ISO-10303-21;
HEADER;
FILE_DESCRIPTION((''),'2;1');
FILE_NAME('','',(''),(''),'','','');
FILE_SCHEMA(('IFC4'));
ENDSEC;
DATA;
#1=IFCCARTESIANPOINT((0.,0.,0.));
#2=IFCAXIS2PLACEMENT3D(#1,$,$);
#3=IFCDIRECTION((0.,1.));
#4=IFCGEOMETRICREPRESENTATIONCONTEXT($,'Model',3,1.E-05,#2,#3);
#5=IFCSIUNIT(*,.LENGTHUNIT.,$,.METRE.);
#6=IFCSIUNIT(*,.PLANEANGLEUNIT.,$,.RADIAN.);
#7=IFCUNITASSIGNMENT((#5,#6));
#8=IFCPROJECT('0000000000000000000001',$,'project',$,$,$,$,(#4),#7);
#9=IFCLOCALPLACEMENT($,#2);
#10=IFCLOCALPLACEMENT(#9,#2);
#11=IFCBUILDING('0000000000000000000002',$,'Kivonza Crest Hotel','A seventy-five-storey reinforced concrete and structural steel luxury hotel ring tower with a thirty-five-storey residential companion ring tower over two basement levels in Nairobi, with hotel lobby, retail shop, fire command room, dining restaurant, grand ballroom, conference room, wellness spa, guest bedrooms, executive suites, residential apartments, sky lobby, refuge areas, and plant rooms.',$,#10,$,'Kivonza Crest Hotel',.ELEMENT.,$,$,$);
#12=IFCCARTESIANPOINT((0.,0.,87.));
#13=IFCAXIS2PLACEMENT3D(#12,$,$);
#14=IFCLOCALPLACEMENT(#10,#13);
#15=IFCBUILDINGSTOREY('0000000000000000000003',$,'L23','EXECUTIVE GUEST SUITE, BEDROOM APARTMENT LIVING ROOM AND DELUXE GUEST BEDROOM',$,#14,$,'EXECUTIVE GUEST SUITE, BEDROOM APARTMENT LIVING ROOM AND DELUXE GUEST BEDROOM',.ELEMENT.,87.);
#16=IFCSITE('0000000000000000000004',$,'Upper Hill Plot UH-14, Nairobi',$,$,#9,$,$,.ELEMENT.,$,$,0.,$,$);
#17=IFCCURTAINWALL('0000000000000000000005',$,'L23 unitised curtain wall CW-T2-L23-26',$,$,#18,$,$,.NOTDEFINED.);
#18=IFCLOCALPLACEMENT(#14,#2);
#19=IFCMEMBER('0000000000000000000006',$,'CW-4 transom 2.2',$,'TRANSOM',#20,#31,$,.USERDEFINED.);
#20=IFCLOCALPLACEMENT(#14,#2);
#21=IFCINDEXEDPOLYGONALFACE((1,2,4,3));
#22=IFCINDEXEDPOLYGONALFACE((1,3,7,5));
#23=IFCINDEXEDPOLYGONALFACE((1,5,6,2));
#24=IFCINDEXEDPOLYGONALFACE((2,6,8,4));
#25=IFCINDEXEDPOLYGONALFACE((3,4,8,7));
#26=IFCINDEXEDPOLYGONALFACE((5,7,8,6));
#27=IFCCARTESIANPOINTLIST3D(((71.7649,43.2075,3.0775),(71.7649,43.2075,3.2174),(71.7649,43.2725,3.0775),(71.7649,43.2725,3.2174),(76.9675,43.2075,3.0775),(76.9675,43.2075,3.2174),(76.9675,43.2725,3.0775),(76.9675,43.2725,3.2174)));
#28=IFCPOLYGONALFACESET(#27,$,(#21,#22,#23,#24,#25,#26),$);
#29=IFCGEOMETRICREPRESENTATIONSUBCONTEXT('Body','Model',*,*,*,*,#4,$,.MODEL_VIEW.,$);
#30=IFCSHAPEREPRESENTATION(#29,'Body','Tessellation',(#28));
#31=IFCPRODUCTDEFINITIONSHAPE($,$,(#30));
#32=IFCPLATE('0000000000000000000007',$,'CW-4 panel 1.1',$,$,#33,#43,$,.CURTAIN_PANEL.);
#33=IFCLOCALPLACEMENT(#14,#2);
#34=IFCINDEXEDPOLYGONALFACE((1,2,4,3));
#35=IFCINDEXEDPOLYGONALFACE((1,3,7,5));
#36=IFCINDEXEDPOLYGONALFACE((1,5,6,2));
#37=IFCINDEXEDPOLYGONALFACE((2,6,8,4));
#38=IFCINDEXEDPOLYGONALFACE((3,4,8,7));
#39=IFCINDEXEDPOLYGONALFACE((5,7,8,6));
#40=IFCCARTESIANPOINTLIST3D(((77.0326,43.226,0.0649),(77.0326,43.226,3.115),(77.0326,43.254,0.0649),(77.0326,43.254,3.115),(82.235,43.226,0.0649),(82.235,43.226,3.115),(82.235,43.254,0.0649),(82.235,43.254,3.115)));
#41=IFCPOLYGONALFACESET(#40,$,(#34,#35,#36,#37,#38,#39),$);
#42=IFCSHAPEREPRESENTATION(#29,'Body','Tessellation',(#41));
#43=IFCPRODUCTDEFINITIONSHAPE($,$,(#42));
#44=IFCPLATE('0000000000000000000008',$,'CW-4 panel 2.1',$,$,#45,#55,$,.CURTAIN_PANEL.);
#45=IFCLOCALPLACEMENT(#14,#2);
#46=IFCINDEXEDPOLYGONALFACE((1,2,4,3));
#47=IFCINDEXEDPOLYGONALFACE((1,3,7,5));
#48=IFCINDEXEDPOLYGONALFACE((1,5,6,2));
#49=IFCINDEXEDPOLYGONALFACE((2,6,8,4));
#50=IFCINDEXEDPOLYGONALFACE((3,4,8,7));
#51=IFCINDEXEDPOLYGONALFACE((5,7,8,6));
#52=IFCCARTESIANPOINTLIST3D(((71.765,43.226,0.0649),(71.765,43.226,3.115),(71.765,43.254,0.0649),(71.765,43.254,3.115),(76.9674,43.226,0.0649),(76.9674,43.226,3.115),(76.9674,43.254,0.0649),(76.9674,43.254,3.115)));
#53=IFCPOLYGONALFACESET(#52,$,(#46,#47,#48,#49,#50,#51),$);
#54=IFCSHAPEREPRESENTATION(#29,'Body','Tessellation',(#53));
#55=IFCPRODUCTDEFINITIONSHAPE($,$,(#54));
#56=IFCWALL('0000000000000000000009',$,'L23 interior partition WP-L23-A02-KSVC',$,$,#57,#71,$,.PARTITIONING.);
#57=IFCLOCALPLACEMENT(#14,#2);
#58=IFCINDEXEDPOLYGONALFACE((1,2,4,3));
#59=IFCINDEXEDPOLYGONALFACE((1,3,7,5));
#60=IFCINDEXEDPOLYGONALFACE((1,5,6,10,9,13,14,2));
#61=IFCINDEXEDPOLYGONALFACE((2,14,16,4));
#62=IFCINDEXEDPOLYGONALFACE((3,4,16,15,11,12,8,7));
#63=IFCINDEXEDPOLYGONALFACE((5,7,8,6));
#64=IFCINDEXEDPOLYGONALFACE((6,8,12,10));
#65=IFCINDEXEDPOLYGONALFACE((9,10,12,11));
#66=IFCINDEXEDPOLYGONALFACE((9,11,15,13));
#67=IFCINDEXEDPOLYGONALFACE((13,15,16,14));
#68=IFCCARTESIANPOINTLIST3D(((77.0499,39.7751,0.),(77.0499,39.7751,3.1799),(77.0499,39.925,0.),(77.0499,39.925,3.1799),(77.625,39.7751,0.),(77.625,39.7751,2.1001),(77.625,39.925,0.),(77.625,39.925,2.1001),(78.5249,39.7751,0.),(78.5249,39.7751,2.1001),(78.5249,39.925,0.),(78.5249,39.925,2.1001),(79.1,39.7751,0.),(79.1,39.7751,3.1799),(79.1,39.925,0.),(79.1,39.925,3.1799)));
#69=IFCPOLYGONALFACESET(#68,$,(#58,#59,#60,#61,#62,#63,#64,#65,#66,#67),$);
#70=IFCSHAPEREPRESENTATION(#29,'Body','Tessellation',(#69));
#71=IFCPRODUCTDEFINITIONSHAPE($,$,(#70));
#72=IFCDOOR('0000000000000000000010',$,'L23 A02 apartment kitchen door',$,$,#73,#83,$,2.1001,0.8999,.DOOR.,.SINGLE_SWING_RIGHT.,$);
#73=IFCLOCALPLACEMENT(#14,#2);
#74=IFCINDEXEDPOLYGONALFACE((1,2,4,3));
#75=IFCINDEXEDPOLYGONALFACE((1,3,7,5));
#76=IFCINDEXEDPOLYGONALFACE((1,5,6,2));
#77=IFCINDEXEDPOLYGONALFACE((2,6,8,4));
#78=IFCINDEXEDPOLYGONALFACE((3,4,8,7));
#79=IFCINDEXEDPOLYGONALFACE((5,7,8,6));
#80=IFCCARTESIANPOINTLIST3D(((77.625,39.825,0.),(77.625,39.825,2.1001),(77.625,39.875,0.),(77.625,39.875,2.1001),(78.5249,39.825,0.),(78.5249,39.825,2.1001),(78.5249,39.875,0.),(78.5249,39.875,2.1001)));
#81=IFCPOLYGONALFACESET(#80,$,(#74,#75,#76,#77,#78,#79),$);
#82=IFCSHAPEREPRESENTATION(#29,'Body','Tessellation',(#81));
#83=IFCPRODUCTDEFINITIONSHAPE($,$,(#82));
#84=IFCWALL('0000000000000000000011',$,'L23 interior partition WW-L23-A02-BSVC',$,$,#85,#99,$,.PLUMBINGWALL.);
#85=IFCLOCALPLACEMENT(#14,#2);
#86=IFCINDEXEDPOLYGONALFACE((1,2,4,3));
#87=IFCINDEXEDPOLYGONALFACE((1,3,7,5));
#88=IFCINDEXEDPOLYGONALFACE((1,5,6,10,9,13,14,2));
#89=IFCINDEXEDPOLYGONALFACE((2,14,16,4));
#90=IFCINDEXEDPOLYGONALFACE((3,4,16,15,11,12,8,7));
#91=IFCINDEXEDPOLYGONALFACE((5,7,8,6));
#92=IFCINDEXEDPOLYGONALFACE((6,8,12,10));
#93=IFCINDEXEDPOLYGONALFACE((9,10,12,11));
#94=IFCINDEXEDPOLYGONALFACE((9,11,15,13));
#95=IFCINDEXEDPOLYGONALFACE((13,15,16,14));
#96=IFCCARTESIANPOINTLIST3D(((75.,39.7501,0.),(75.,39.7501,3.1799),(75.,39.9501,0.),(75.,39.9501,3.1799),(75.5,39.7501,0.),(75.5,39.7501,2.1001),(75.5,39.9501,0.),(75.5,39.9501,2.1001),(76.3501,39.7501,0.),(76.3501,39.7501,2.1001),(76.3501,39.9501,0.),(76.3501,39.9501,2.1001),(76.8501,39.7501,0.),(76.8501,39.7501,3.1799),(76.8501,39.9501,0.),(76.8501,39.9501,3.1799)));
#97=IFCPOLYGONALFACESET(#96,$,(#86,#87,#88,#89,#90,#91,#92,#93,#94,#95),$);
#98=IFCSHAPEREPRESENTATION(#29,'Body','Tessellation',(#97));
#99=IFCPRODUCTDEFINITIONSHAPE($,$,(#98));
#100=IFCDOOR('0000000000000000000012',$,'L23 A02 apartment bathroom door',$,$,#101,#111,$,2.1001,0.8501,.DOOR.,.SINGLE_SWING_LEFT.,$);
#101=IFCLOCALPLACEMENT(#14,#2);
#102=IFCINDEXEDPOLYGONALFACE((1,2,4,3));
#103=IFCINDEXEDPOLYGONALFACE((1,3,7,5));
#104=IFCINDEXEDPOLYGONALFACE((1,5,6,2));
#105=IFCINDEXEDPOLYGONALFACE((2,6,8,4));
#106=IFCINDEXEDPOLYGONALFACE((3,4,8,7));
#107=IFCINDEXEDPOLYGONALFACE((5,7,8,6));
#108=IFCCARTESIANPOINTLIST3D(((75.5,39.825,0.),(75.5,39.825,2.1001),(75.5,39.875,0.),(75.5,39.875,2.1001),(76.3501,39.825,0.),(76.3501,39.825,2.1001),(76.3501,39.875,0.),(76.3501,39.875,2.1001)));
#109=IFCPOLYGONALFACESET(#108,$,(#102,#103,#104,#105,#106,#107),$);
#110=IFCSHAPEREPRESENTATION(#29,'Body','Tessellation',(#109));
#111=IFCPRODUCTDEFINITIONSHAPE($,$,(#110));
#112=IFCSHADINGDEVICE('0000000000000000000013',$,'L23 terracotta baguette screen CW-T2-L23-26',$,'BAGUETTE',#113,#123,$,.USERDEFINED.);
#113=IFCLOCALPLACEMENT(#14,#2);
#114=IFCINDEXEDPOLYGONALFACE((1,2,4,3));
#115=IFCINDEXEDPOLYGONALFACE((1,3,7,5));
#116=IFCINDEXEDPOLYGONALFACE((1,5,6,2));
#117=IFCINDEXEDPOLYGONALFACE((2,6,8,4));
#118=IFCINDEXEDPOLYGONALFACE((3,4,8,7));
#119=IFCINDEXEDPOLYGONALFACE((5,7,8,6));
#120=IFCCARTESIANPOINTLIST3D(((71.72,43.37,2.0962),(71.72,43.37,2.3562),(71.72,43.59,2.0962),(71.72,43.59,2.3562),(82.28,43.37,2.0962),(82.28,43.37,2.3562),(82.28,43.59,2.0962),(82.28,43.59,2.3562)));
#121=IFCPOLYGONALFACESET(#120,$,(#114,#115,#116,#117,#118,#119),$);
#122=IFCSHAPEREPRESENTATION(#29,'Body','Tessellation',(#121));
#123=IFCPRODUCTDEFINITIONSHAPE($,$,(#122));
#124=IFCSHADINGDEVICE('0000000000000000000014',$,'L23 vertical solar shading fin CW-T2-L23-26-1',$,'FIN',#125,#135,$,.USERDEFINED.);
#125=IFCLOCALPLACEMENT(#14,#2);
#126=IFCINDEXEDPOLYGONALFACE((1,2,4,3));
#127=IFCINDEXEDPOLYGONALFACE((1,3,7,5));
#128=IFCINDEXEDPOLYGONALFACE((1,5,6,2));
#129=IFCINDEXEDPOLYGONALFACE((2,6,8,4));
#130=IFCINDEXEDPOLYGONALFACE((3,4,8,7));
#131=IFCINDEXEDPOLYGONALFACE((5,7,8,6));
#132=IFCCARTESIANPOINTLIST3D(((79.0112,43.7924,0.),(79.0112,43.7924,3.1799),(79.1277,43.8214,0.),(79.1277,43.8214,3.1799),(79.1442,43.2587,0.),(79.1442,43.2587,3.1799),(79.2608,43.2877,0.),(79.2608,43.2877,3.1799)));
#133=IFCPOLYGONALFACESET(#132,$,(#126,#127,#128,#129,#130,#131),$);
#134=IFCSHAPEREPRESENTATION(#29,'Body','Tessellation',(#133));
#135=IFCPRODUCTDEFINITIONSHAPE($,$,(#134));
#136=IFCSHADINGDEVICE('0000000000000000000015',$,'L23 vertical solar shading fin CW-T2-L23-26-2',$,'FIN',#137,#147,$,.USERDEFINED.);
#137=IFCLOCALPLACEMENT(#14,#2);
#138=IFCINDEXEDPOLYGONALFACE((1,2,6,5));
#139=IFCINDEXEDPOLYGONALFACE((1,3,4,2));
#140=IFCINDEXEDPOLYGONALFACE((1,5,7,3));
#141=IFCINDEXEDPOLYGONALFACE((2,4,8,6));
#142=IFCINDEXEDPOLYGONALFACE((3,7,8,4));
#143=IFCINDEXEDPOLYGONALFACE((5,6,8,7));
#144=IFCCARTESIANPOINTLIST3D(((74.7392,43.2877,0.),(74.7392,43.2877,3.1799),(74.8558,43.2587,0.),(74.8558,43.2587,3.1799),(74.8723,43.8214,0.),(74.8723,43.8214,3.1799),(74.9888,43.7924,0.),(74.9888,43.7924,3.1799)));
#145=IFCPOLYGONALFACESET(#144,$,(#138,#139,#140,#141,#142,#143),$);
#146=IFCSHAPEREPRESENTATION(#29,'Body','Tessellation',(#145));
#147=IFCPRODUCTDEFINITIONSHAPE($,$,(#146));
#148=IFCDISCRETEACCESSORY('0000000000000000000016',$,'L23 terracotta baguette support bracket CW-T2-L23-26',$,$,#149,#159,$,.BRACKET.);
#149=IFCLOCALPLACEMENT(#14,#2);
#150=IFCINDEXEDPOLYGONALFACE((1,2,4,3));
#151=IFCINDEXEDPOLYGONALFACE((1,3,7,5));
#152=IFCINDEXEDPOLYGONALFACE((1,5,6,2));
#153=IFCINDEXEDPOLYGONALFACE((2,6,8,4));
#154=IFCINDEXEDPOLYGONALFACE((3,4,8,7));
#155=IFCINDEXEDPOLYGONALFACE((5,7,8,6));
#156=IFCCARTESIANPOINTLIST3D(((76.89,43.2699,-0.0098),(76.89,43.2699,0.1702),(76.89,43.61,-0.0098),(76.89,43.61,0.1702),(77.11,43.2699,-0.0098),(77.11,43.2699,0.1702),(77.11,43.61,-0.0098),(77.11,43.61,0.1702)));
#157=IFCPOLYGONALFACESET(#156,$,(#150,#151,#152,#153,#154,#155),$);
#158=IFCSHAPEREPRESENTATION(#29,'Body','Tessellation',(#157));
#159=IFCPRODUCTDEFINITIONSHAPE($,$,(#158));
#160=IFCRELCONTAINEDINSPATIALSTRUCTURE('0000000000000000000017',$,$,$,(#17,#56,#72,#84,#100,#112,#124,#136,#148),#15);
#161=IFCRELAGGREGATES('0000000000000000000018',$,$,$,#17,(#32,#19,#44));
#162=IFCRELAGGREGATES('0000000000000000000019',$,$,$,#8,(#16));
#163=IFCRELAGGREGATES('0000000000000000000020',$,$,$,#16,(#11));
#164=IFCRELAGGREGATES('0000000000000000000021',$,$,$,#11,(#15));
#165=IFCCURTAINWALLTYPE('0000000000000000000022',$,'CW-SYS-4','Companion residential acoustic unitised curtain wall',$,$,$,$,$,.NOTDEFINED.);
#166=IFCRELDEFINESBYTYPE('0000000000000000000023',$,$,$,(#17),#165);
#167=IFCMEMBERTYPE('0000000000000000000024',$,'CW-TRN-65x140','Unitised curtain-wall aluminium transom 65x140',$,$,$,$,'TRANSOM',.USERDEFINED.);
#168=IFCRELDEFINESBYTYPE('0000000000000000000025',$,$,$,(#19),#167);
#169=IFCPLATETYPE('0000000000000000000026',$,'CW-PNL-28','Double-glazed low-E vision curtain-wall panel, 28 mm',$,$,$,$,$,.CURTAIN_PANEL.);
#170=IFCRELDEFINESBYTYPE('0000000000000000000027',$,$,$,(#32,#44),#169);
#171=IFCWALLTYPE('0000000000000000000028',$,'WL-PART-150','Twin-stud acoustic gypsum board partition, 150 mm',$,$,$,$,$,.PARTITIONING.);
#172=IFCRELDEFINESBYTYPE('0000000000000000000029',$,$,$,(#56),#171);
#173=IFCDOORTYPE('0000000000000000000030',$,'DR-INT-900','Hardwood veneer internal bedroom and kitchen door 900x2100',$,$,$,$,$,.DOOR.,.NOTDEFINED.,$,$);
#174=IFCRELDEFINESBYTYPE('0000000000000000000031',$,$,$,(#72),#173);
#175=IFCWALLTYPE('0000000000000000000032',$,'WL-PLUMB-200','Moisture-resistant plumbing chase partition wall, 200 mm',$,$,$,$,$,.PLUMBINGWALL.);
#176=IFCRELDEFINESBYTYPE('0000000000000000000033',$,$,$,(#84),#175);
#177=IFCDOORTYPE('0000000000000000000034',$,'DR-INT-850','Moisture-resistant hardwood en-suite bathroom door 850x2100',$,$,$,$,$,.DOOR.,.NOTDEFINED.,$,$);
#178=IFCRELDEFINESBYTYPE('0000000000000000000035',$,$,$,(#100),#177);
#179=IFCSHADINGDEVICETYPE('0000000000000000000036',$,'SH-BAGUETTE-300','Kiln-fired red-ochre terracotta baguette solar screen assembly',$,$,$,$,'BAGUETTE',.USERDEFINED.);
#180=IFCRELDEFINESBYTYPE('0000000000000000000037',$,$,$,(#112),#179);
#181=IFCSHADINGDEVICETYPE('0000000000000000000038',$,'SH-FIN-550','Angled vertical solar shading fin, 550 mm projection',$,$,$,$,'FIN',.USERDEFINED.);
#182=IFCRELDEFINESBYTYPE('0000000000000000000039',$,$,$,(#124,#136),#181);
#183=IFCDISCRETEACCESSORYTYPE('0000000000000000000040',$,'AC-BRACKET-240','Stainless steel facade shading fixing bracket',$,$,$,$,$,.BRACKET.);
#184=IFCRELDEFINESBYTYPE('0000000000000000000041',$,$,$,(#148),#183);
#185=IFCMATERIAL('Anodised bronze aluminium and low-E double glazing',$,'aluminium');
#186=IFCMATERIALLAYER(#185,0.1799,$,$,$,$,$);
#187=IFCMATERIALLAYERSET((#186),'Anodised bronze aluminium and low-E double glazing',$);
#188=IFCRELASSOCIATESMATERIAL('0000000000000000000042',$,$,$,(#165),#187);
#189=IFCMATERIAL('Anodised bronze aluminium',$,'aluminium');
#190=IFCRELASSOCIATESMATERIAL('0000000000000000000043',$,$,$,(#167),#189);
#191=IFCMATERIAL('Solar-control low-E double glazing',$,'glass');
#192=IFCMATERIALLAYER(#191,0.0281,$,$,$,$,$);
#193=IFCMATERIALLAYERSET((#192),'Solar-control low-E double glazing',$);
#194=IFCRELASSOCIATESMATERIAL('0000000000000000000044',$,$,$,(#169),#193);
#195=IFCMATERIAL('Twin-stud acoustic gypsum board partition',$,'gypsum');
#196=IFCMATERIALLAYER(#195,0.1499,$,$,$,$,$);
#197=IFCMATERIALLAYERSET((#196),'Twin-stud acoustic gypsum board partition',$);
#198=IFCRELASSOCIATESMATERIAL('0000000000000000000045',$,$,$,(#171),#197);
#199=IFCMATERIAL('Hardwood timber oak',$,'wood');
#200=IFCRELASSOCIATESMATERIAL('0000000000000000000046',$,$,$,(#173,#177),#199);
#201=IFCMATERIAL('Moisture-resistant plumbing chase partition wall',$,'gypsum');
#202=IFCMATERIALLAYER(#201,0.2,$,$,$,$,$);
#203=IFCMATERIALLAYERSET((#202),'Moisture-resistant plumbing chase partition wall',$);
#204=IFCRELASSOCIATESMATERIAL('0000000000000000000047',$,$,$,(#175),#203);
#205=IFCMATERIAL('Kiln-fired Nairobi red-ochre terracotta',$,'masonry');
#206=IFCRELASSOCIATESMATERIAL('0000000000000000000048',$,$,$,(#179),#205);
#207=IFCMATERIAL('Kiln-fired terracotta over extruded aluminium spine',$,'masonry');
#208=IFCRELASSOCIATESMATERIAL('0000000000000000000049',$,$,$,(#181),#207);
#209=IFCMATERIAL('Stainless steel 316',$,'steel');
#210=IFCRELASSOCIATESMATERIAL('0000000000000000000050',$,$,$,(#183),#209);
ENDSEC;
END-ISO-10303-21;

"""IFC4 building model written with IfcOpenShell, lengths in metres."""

from ifc_helpers import new_model, si_unit, direction, frame, frame_2d, origin, origin_2d, place, context, subcontext, project, spatial, rectangle, extrude, material, layer, layer_set, material_profile, profile_set, type_object, element, fill, aggregate, save


model = new_model("IFC4")

# Units and contexts
model_context = context("Model", 3, precision=1e-05, world=origin(), true_north=direction((0.0, 1.0)))
body_context = subcontext(model_context, "Body", "Model", "MODEL_VIEW")
ifc_project = project(units=[si_unit("LENGTHUNIT", "METRE"), si_unit("PLANEANGLEUNIT", "RADIAN")], contexts=[model_context])

# Site, building, storey
site_placement = place(None, origin())
site = spatial("IfcSite", under=ifc_project, at=site_placement, Name="Upper Hill Plot UH-14, Nairobi", CompositionType="ELEMENT", RefElevation=0.0)
building_placement = place(site_placement, origin())
building = spatial("IfcBuilding", under=site, at=building_placement, Name="Kivonza Crest Hotel", Description="A seventy-five-storey reinforced concrete and structural steel luxury hotel ring tower with a thirty-five-storey residential companion ring tower over two basement levels in Nairobi, with hotel lobby, retail shop, fire command room, dining restaurant, grand ballroom, conference room, wellness spa, guest bedrooms, executive suites, residential apartments, sky lobby, refuge areas, and plant rooms.", LongName="Kivonza Crest Hotel", CompositionType="ELEMENT")
storey_placement = place(building_placement, frame((0.0, 0.0, 87.0)))
storey = spatial("IfcBuildingStorey", under=building, at=storey_placement, Name="L23", Description="EXECUTIVE GUEST SUITE, BEDROOM APARTMENT LIVING ROOM AND DELUXE GUEST BEDROOM", LongName="EXECUTIVE GUEST SUITE, BEDROOM APARTMENT LIVING ROOM AND DELUXE GUEST BEDROOM", CompositionType="ELEMENT", Elevation=87.0)

# Curtain wall, member, plates
ifc_material_1 = material(Name="Anodised bronze aluminium and low-E double glazing", Category="aluminium")
ifc_layer_1 = layer(ifc_material_1, 0.1799)
ifc_layer_set_1 = layer_set([ifc_layer_1], Name="Anodised bronze aluminium and low-E double glazing")
curtain_wall_type = type_object("IfcCurtainWallType", Name="CW-SYS-4", Description="Companion residential acoustic unitised curtain wall", PredefinedType="NOTDEFINED", material=ifc_layer_set_1)
curtain_wall_placement = place(storey_placement, origin())
curtain_wall = element("IfcCurtainWall", 1, at=curtain_wall_placement, inside=storey, type_object=curtain_wall_type, Name="L23 unitised curtain wall CW-T2-L23-26", PredefinedType="NOTDEFINED")
ifc_material_2 = material(Name="Anodised bronze aluminium", Category="aluminium")
ifc_material_profile_1 = material_profile(ifc_material_2, rectangle(XDim=0.0649, YDim=0.1399, at=origin_2d()), Name="CW-T 65x140")
ifc_profile_set_1 = profile_set([ifc_material_profile_1], Name="Anodised bronze aluminium")
member_type_1 = type_object("IfcMemberType", Name="CW-TRN-65x140", Description="Unitised curtain-wall aluminium transom 65x140", ElementType="TRANSOM", PredefinedType="USERDEFINED", material=ifc_profile_set_1)
member_1_placement = place(storey_placement, frame((76.9675, 43.24, 3.1475), z_axis=(-1.0, 0.0, 0.0), x_axis=(0.0, -1.0, 0.0)))
member_1 = element("IfcMember", 2, at=member_1_placement, type_object=member_type_1, Name="CW-4 transom 2.2", ObjectType="TRANSOM", PredefinedType="USERDEFINED", context=body_context, shape_type="SweptSolid", body=[
    extrude(rectangle(XDim=0.0649, YDim=0.1399, at=origin_2d()), origin(), (0.0, 0.0, 1.0), 5.2026),
])
ifc_material_3 = material(Name="Solar-control low-E double glazing", Category="glass")
ifc_layer_2 = layer(ifc_material_3, 0.0281)
ifc_layer_set_2 = layer_set([ifc_layer_2], Name="Solar-control low-E double glazing")
plate_type = type_object("IfcPlateType", Name="CW-PNL-28", Description="Double-glazed low-E vision curtain-wall panel, 28 mm", PredefinedType="CURTAIN_PANEL", material=ifc_layer_set_2)
plate_1_placement = place(storey_placement, frame((79.6338, 43.24, 0.0649), z_axis=(0.0, 0.0, 1.0), x_axis=(-1.0, 0.0, 0.0)))
plate_1 = element("IfcPlate", 3, at=plate_1_placement, type_object=plate_type, Name="CW-4 panel 1.1", PredefinedType="CURTAIN_PANEL", context=body_context, shape_type="SweptSolid", body=[
    extrude(rectangle(XDim=5.2024, YDim=0.0281, at=origin_2d()), origin(), (0.0, 0.0, 1.0), 3.05),
])
plate_2_placement = place(storey_placement, frame((74.3662, 43.24, 0.0649), z_axis=(0.0, 0.0, 1.0), x_axis=(-1.0, 0.0, 0.0)))
plate_2 = element("IfcPlate", 4, at=plate_2_placement, type_object=plate_type, Name="CW-4 panel 2.1", PredefinedType="CURTAIN_PANEL", context=body_context, shape_type="SweptSolid", body=[
    extrude(rectangle(XDim=5.2024, YDim=0.0281, at=origin_2d()), origin(), (0.0, 0.0, 1.0), 3.05),
])
aggregate(curtain_wall, [plate_1, member_1, plate_2])

# Walls, openings, doors
ifc_material_4 = material(Name="Twin-stud acoustic gypsum board partition", Category="gypsum")
ifc_layer_3 = layer(ifc_material_4, 0.1499)
ifc_layer_set_3 = layer_set([ifc_layer_3], Name="Twin-stud acoustic gypsum board partition")
wall_type_1 = type_object("IfcWallType", Name="WL-PART-150", Description="Twin-stud acoustic gypsum board partition, 150 mm", PredefinedType="PARTITIONING", material=ifc_layer_set_3)
wall_1_placement = place(storey_placement, frame((77.05, 39.8501, 0.0), z_axis=(0.0, 0.0, 1.0), x_axis=(1.0, 0.0, 0.0)))
wall_1 = element("IfcWall", 5, at=wall_1_placement, inside=storey, type_object=wall_type_1, Name="L23 interior partition WP-L23-A02-KSVC", PredefinedType="PARTITIONING", context=body_context, shape_type="SweptSolid", body=[
    extrude(rectangle(XDim=2.05, YDim=0.1499, at=frame_2d((1.0249, 0.0))), origin(), (0.0, 0.0, 1.0), 3.1799),
])
opening_1_placement = place(wall_1_placement, frame((0.575, 0.0, 0.0)))
opening_1 = element("IfcOpeningElement", 6, at=opening_1_placement, cuts=wall_1, PredefinedType="OPENING", context=body_context, shape_type="SweptSolid", body=[
    extrude(rectangle(XDim=0.8999, YDim=2.1001, at=frame_2d((0.45, 1.05))), frame((0.0, 0.085, 0.0), z_axis=(0.0, -1.0, 0.0), x_axis=(1.0, 0.0, 0.0)), (0.0, 0.0, 1.0), 0.1699),
])
ifc_material_5 = material(Name="Hardwood timber oak", Category="wood")
door_type_1 = type_object("IfcDoorType", Name="DR-INT-900", Description="Hardwood veneer internal bedroom and kitchen door 900x2100", OperationType="NOTDEFINED", PredefinedType="DOOR", material=ifc_material_5)
door_1_placement = place(opening_1_placement, origin())
door_1 = element("IfcDoor", 7, at=door_1_placement, inside=storey, type_object=door_type_1, Name="L23 A02 apartment kitchen door", OperationType="SINGLE_SWING_RIGHT", OverallHeight=2.1001, OverallWidth=0.8999, PredefinedType="DOOR", context=body_context, shape_type="SweptSolid", body=[
    extrude(rectangle(XDim=0.8999, YDim=2.1001, at=frame_2d((0.45, 1.05))), frame((0.0, 0.0249, 0.0), z_axis=(0.0, -1.0, 0.0), x_axis=(1.0, 0.0, 0.0)), (0.0, 0.0, 1.0), 0.05),
])
fill(opening_1, door_1)
ifc_material_6 = material(Name="Moisture-resistant plumbing chase partition wall", Category="gypsum")
ifc_layer_4 = layer(ifc_material_6, 0.2)
ifc_layer_set_4 = layer_set([ifc_layer_4], Name="Moisture-resistant plumbing chase partition wall")
wall_type_2 = type_object("IfcWallType", Name="WL-PLUMB-200", Description="Moisture-resistant plumbing chase partition wall, 200 mm", PredefinedType="PLUMBINGWALL", material=ifc_layer_set_4)
wall_2_placement = place(storey_placement, frame((75.0, 39.8501, 0.0), z_axis=(0.0, 0.0, 1.0), x_axis=(1.0, 0.0, 0.0)))
wall_2 = element("IfcWall", 8, at=wall_2_placement, inside=storey, type_object=wall_type_2, Name="L23 interior partition WW-L23-A02-BSVC", PredefinedType="PLUMBINGWALL", context=body_context, shape_type="SweptSolid", body=[
    extrude(rectangle(XDim=1.8501, YDim=0.2, at=frame_2d((0.925, 0.0))), origin(), (0.0, 0.0, 1.0), 3.1799),
])
opening_2_placement = place(wall_2_placement, frame((0.5, 0.0, 0.0)))
opening_2 = element("IfcOpeningElement", 9, at=opening_2_placement, cuts=wall_2, PredefinedType="OPENING", context=body_context, shape_type="SweptSolid", body=[
    extrude(rectangle(XDim=0.8501, YDim=2.1001, at=frame_2d((0.425, 1.05))), frame((0.0, 0.1099, 0.0), z_axis=(0.0, -1.0, 0.0), x_axis=(1.0, 0.0, 0.0)), (0.0, 0.0, 1.0), 0.22),
])
door_type_2 = type_object("IfcDoorType", Name="DR-INT-850", Description="Moisture-resistant hardwood en-suite bathroom door 850x2100", OperationType="NOTDEFINED", PredefinedType="DOOR", material=ifc_material_5)
door_2_placement = place(opening_2_placement, origin())
door_2 = element("IfcDoor", 10, at=door_2_placement, inside=storey, type_object=door_type_2, Name="L23 A02 apartment bathroom door", OperationType="SINGLE_SWING_LEFT", OverallHeight=2.1001, OverallWidth=0.8501, PredefinedType="DOOR", context=body_context, shape_type="SweptSolid", body=[
    extrude(rectangle(XDim=0.8501, YDim=2.1001, at=frame_2d((0.425, 1.05))), frame((0.0, 0.0249, 0.0), z_axis=(0.0, -1.0, 0.0), x_axis=(1.0, 0.0, 0.0)), (0.0, 0.0, 1.0), 0.05),
])
fill(opening_2, door_2)

# Shading devices
ifc_material_7 = material(Name="Kiln-fired Nairobi red-ochre terracotta", Category="masonry")
shading_device_type_1 = type_object("IfcShadingDeviceType", Name="SH-BAGUETTE-300", Description="Kiln-fired red-ochre terracotta baguette solar screen assembly", ElementType="BAGUETTE", PredefinedType="USERDEFINED", material=ifc_material_7)
shading_device_placement = place(storey_placement, frame((77.0, 43.48, 2.0962), z_axis=(0.0, 0.0, 1.0), x_axis=(-1.0, 0.0, 0.0)))
element("IfcShadingDevice", 11, at=shading_device_placement, inside=storey, type_object=shading_device_type_1, Name="L23 terracotta baguette screen CW-T2-L23-26", ObjectType="BAGUETTE", PredefinedType="USERDEFINED", context=body_context, shape_type="SweptSolid", body=[
    extrude(rectangle(XDim=10.5601, YDim=0.22, at=origin_2d()), origin(), (0.0, 0.0, 1.0), 0.26),
])
ifc_material_8 = material(Name="Kiln-fired terracotta over extruded aluminium spine", Category="masonry")
shading_device_type_2 = type_object("IfcShadingDeviceType", Name="SH-FIN-550", Description="Angled vertical solar shading fin, 550 mm projection", ElementType="FIN", PredefinedType="USERDEFINED", material=ifc_material_8)
for number, where, z_axis, x_axis, name in (
    (12, (79.136, 43.54, 0.0), (0.0, 0.0, 1.0), (-0.970296, -0.241922, 0.0), "L23 vertical solar shading fin CW-T2-L23-26-1"),
    (13, (74.864, 43.54, 0.0), (0.0, 0.0, 1.0), (-0.970296, 0.241922, 0.0), "L23 vertical solar shading fin CW-T2-L23-26-2"),
):
    element("IfcShadingDevice", number, at=place(storey_placement, frame(where, z_axis=z_axis, x_axis=x_axis)), inside=storey, type_object=shading_device_type_2, Name=name, ObjectType="FIN", PredefinedType="USERDEFINED", context=body_context, shape_type="SweptSolid", body=[
        extrude(rectangle(XDim=0.1201, YDim=0.55, at=origin_2d()), origin(), (0.0, 0.0, 1.0), 3.1799),
    ])

# Discrete accessory
ifc_material_9 = material(Name="Stainless steel 316", Category="steel")
discrete_accessory_type = type_object("IfcDiscreteAccessoryType", Name="AC-BRACKET-240", Description="Stainless steel facade shading fixing bracket", PredefinedType="BRACKET", material=ifc_material_9)
discrete_accessory_placement = place(storey_placement, frame((77.0, 43.4399, -0.0098), z_axis=(0.0, 0.0, 1.0), x_axis=(-1.0, 0.0, 0.0)))
element("IfcDiscreteAccessory", 14, at=discrete_accessory_placement, inside=storey, type_object=discrete_accessory_type, Name="L23 terracotta baguette support bracket CW-T2-L23-26", PredefinedType="BRACKET", context=body_context, shape_type="SweptSolid", body=[
    extrude(rectangle(XDim=0.22, YDim=0.3401, at=origin_2d()), origin(), (0.0, 0.0, 1.0), 0.1799),
])

save(model, "model.ifc")
